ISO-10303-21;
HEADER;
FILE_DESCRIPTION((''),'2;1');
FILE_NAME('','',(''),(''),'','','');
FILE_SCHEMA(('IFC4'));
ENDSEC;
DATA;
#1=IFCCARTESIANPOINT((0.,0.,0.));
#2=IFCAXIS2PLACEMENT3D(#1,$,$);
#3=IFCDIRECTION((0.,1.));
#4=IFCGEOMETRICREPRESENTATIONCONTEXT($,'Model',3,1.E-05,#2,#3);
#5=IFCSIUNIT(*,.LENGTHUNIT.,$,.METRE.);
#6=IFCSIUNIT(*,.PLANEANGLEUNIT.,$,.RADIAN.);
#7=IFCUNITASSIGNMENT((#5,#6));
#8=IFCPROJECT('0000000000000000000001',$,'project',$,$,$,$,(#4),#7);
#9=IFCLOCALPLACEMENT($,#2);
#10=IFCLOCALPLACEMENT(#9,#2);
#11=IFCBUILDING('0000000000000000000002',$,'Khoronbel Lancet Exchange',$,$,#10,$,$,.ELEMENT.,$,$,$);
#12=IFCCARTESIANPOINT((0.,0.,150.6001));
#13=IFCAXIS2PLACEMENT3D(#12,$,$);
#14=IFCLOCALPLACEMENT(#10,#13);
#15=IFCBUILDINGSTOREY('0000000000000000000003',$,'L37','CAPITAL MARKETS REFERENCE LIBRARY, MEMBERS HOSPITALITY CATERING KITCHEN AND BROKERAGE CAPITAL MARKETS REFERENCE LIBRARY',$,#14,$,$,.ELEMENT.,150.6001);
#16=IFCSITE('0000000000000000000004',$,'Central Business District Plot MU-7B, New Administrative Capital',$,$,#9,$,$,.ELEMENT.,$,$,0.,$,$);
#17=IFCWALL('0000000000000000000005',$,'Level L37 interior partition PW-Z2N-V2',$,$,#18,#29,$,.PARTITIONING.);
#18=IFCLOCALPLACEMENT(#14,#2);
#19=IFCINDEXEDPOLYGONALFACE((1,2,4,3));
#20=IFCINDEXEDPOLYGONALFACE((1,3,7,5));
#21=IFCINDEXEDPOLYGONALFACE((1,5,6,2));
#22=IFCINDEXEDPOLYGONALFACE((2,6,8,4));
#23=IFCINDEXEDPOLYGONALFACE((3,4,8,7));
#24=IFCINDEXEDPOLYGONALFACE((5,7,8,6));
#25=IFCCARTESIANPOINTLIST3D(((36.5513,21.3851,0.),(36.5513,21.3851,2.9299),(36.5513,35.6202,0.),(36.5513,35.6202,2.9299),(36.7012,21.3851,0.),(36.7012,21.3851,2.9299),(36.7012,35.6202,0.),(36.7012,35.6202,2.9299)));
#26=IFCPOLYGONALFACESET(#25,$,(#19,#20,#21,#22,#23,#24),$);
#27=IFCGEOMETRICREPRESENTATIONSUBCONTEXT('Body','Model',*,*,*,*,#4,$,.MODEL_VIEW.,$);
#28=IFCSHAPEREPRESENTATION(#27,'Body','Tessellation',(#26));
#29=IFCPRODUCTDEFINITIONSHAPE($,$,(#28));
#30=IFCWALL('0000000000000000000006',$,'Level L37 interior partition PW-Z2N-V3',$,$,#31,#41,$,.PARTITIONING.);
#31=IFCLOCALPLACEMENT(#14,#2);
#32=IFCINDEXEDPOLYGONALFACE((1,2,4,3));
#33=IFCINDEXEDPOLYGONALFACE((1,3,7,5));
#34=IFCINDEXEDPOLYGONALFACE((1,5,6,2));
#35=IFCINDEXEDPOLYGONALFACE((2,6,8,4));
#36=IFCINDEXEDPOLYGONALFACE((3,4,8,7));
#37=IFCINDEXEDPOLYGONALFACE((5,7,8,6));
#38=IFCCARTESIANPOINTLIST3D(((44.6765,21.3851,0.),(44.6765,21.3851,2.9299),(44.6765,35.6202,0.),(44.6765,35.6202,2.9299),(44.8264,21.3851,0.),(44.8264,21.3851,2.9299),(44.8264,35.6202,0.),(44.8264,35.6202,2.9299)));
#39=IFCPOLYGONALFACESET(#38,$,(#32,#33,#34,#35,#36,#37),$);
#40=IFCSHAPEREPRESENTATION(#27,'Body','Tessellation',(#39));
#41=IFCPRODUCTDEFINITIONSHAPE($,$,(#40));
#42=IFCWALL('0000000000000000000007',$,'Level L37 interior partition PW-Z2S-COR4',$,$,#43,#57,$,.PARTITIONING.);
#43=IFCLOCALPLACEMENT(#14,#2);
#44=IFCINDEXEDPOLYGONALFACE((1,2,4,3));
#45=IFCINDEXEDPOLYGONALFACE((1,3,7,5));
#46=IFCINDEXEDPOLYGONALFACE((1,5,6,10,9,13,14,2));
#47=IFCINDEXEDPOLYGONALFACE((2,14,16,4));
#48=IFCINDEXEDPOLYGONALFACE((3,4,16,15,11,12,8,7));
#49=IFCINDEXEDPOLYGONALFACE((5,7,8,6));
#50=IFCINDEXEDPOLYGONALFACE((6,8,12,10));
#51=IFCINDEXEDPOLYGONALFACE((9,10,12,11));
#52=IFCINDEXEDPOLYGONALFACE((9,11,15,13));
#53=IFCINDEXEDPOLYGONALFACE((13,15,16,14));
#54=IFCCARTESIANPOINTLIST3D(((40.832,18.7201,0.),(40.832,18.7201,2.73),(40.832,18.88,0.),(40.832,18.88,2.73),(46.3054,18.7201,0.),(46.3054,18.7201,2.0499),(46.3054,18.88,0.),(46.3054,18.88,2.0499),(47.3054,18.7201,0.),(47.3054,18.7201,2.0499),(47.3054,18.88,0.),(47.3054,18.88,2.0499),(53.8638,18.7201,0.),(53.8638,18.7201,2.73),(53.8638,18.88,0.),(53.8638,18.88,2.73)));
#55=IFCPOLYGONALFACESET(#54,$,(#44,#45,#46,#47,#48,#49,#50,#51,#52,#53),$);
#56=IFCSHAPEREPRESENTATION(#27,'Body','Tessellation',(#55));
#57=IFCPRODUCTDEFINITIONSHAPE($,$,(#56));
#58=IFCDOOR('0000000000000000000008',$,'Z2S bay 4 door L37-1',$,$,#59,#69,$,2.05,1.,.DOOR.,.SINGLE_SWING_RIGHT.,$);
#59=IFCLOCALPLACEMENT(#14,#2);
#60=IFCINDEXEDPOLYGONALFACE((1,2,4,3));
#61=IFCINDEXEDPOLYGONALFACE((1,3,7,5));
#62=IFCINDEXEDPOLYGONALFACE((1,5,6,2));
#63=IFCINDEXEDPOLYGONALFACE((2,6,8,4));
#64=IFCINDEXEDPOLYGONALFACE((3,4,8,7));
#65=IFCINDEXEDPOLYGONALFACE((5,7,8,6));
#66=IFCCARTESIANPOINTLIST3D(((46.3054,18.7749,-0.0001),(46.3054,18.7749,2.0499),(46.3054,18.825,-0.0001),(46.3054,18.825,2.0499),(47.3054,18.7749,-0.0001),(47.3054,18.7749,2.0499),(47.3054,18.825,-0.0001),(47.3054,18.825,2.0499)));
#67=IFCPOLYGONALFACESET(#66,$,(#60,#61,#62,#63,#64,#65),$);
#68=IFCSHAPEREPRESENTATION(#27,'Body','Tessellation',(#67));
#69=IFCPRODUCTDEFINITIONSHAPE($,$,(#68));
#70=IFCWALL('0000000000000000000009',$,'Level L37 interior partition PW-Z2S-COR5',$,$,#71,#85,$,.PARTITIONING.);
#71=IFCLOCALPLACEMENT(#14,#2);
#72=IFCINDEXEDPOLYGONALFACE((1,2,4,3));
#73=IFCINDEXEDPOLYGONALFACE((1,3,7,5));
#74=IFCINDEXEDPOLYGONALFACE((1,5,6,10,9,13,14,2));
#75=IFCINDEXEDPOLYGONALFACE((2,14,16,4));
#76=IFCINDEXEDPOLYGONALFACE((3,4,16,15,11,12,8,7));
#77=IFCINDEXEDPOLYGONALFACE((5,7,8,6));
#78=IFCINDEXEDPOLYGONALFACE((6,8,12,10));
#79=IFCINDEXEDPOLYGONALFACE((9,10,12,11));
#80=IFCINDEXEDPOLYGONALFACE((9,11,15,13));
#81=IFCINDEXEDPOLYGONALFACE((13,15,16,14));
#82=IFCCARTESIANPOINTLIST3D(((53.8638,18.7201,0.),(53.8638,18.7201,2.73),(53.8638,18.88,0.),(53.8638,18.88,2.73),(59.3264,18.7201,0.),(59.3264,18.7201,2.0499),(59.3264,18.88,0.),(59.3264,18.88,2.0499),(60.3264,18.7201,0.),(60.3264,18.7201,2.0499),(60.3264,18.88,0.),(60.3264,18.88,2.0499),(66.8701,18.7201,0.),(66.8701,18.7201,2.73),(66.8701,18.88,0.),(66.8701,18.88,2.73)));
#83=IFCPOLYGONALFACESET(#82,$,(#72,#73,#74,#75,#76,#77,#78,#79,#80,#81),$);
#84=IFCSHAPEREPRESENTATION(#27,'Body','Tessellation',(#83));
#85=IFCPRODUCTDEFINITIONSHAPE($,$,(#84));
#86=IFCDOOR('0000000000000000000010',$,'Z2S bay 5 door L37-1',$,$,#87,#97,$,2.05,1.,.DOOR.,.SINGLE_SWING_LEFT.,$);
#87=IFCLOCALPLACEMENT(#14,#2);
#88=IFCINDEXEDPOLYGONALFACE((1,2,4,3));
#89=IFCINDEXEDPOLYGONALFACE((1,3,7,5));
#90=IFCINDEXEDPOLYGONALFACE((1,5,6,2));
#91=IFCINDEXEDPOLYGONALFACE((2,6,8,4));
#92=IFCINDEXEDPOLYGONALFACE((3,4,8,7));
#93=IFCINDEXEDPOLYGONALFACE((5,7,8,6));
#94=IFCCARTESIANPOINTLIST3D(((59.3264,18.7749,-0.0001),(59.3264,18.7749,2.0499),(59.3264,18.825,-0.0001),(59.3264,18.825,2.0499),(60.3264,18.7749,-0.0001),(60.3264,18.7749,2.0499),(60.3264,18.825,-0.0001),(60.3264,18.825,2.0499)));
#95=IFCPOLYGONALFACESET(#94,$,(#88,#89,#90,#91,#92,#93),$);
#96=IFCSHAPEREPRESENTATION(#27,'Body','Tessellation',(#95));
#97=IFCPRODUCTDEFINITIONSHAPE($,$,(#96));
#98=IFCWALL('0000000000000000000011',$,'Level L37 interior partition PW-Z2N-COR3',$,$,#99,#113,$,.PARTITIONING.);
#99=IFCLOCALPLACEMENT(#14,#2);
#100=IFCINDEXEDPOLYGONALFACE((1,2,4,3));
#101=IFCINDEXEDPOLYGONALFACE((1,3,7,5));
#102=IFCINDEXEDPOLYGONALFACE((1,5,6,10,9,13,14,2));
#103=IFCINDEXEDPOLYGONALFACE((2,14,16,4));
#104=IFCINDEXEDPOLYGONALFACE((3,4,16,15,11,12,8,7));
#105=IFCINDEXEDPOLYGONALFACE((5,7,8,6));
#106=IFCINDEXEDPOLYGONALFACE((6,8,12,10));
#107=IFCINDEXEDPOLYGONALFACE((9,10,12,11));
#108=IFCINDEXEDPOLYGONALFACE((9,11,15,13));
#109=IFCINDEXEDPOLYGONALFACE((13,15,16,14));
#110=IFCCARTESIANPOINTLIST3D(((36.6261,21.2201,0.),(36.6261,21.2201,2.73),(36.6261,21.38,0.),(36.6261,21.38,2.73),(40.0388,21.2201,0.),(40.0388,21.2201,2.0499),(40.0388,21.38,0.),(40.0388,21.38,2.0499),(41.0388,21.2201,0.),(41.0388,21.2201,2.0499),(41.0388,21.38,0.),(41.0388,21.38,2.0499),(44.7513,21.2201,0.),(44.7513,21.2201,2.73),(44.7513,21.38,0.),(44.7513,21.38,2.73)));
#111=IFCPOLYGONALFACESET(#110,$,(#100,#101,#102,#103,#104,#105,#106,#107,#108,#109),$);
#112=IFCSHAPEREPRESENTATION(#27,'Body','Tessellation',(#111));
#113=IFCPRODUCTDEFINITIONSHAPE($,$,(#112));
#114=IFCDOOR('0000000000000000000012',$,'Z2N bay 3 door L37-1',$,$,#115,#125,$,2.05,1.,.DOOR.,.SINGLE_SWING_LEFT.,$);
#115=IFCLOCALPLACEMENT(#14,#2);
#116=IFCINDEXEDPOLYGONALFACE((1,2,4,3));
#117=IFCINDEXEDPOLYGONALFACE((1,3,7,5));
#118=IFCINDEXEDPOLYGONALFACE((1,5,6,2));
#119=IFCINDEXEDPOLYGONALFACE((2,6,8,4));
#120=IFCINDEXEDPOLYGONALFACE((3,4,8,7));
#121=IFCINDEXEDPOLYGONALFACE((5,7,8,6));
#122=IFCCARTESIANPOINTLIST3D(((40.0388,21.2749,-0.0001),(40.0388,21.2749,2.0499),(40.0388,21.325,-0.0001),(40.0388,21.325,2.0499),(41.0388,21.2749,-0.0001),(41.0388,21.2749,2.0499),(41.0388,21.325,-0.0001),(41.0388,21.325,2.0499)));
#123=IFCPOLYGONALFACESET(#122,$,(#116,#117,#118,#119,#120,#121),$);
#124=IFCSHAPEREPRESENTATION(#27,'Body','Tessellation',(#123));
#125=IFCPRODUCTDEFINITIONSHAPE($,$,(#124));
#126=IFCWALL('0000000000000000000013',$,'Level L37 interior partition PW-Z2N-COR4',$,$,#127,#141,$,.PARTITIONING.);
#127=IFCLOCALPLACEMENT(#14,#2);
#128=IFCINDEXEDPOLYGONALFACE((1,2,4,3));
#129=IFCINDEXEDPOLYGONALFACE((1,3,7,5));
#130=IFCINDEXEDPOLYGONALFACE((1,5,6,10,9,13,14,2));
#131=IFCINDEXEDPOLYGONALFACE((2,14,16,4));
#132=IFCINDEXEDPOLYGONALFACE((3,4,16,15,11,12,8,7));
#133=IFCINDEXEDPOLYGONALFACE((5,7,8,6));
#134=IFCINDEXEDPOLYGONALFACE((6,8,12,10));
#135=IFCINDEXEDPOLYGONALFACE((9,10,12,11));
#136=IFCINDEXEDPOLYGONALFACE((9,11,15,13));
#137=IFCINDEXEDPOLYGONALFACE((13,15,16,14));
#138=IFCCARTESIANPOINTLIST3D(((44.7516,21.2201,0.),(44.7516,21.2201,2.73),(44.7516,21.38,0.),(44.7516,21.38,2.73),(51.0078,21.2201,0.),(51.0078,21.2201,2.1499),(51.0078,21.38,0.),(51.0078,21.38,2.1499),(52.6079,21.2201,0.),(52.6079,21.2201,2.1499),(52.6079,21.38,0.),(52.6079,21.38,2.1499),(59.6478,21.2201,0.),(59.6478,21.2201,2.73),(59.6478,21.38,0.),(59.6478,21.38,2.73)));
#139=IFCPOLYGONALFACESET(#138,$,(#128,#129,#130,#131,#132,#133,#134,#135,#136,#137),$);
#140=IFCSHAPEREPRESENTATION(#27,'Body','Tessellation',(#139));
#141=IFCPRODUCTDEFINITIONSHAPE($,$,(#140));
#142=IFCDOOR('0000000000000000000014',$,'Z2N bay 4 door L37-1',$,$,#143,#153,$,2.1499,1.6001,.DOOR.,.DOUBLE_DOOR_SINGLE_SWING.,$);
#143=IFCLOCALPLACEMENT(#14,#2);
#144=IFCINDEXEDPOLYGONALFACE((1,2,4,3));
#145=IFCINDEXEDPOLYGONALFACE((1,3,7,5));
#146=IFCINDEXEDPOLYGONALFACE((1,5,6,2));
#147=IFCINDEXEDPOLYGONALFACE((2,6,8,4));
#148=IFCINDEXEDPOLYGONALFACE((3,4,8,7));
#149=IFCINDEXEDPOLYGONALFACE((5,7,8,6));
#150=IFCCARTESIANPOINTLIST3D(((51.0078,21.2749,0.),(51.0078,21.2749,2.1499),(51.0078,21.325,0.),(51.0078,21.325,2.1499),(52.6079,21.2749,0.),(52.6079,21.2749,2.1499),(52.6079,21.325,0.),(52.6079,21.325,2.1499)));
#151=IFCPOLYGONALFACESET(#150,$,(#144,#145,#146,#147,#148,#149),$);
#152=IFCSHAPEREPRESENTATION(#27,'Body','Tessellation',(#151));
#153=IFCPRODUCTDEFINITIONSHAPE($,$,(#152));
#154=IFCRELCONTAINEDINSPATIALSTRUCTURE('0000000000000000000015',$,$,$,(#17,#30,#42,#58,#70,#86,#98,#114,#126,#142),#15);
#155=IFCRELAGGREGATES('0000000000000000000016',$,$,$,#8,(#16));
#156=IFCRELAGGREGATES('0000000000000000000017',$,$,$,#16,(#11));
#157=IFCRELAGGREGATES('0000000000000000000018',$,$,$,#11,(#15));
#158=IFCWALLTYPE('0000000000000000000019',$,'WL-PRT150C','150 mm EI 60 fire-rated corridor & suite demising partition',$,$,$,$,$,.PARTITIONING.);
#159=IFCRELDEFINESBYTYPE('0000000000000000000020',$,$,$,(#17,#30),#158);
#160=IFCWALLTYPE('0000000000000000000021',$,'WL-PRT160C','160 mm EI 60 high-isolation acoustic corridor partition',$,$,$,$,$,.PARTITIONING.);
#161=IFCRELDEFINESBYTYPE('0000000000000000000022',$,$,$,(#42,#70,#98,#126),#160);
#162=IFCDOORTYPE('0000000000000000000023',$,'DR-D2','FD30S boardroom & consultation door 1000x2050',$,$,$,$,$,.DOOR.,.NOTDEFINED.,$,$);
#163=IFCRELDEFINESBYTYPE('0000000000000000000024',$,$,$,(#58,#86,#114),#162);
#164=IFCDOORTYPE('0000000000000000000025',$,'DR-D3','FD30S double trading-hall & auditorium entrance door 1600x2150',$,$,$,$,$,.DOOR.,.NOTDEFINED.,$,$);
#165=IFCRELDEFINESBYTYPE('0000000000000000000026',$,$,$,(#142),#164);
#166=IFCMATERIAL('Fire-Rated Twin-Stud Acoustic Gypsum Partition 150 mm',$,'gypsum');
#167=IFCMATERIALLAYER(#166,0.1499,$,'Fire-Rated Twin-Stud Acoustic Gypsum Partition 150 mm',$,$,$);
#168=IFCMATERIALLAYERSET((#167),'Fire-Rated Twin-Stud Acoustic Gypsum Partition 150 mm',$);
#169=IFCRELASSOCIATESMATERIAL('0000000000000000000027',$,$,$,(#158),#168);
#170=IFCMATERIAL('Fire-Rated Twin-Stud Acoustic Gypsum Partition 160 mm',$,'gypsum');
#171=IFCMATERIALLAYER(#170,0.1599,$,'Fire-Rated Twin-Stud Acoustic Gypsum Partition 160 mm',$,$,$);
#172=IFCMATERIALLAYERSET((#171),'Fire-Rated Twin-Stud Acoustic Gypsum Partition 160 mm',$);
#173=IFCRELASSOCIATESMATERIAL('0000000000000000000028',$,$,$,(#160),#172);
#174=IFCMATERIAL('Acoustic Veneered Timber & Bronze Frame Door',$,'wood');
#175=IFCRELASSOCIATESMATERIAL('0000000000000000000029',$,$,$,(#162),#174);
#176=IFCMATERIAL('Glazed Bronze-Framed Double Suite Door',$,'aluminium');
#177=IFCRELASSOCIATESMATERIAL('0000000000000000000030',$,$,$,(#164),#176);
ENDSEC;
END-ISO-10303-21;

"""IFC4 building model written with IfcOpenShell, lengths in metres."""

from ifc_helpers import new_model, si_unit, direction, frame, frame_2d, origin, place, context, subcontext, project, spatial, rectangle, extrude, material, layer, layer_set, type_object, element, fill, save


model = new_model("IFC4")

# Units and contexts
model_context = context("Model", 3, precision=1e-05, world=origin(), true_north=direction((0.0, 1.0)))
body_context = subcontext(model_context, "Body", "Model", "MODEL_VIEW")
ifc_project = project(units=[si_unit("LENGTHUNIT", "METRE"), si_unit("PLANEANGLEUNIT", "RADIAN")], contexts=[model_context])

# Site, building, storey
site_placement = place(None, origin())
site = spatial("IfcSite", under=ifc_project, at=site_placement, Name="Central Business District Plot MU-7B, New Administrative Capital", CompositionType="ELEMENT", RefElevation=0.0)
building_placement = place(site_placement, origin())
building = spatial("IfcBuilding", under=site, at=building_placement, Name="Khoronbel Lancet Exchange", CompositionType="ELEMENT")
storey_placement = place(building_placement, frame((0.0, 0.0, 150.6001)))
storey = spatial("IfcBuildingStorey", under=building, at=storey_placement, Name="L37", Description="CAPITAL MARKETS REFERENCE LIBRARY, MEMBERS HOSPITALITY CATERING KITCHEN AND BROKERAGE CAPITAL MARKETS REFERENCE LIBRARY", CompositionType="ELEMENT", Elevation=150.6001)

# Walls
ifc_material_1 = material(Name="Fire-Rated Twin-Stud Acoustic Gypsum Partition 150 mm", Category="gypsum")
ifc_layer_1 = layer(ifc_material_1, 0.1499, Name="Fire-Rated Twin-Stud Acoustic Gypsum Partition 150 mm")
ifc_layer_set_1 = layer_set([ifc_layer_1], Name="Fire-Rated Twin-Stud Acoustic Gypsum Partition 150 mm")
wall_type_1 = type_object("IfcWallType", Name="WL-PRT150C", Description="150 mm EI 60 fire-rated corridor & suite demising partition", PredefinedType="PARTITIONING", material=ifc_layer_set_1)
for number, where, z_axis, x_axis, name in (
    (1, (36.6262, 21.385, 0.0), (0.0, 0.0, 1.0), (0.0, 1.0, 0.0), "Level L37 interior partition PW-Z2N-V2"),
    (2, (44.7515, 21.385, 0.0), (0.0, 0.0, 1.0), (0.0, 1.0, 0.0), "Level L37 interior partition PW-Z2N-V3"),
):
    element("IfcWall", number, at=place(storey_placement, frame(where, z_axis=z_axis, x_axis=x_axis)), inside=storey, type_object=wall_type_1, Name=name, PredefinedType="PARTITIONING", context=body_context, shape_type="SweptSolid", body=[
        extrude(rectangle(XDim=14.2351, YDim=0.1499, at=frame_2d((7.1177, 0.0))), origin(), (0.0, 0.0, 1.0), 2.9299),
    ])

# Walls, openings, doors
ifc_material_2 = material(Name="Fire-Rated Twin-Stud Acoustic Gypsum Partition 160 mm", Category="gypsum")
ifc_layer_2 = layer(ifc_material_2, 0.1599, Name="Fire-Rated Twin-Stud Acoustic Gypsum Partition 160 mm")
ifc_layer_set_2 = layer_set([ifc_layer_2], Name="Fire-Rated Twin-Stud Acoustic Gypsum Partition 160 mm")
wall_type_2 = type_object("IfcWallType", Name="WL-PRT160C", Description="160 mm EI 60 high-isolation acoustic corridor partition", PredefinedType="PARTITIONING", material=ifc_layer_set_2)
wall_1_placement = place(storey_placement, frame((40.832, 18.8, 0.0), z_axis=(0.0, 0.0, 1.0), x_axis=(1.0, 0.0, 0.0)))
wall_1 = element("IfcWall", 3, at=wall_1_placement, inside=storey, type_object=wall_type_2, Name="Level L37 interior partition PW-Z2S-COR4", PredefinedType="PARTITIONING", context=body_context, shape_type="SweptSolid", body=[
    extrude(rectangle(XDim=13.0317, YDim=0.1599, at=frame_2d((6.5159, 0.0))), origin(), (0.0, 0.0, 1.0), 2.73),
])
opening_1_placement = place(wall_1_placement, frame((5.4734, 0.0, 0.0)))
opening_1 = element("IfcOpeningElement", 4, at=opening_1_placement, cuts=wall_1, PredefinedType="OPENING", context=body_context, shape_type="SweptSolid", body=[
    extrude(rectangle(XDim=1.0, YDim=2.05, at=frame_2d((0.5, 1.0249))), frame((0.0, 0.0898, 0.0), z_axis=(0.0, -1.0, 0.0), x_axis=(1.0, 0.0, 0.0)), (0.0, 0.0, 1.0), 0.1799),
])
ifc_material_3 = material(Name="Acoustic Veneered Timber & Bronze Frame Door", Category="wood")
door_type_1 = type_object("IfcDoorType", Name="DR-D2", Description="FD30S boardroom & consultation door 1000x2050", OperationType="NOTDEFINED", PredefinedType="DOOR", material=ifc_material_3)
door_1_placement = place(opening_1_placement, origin())
door_1 = element("IfcDoor", 5, at=door_1_placement, inside=storey, type_object=door_type_1, Name="Z2S bay 4 door L37-1", OperationType="SINGLE_SWING_RIGHT", OverallHeight=2.05, OverallWidth=1.0, PredefinedType="DOOR", context=body_context, shape_type="SweptSolid", body=[
    extrude(rectangle(XDim=1.0, YDim=2.05, at=frame_2d((0.5, 1.0249))), frame((0.0, 0.0249, 0.0), z_axis=(0.0, -1.0, 0.0), x_axis=(1.0, 0.0, 0.0)), (0.0, 0.0, 1.0), 0.05),
])
fill(opening_1, door_1)
wall_2_placement = place(storey_placement, frame((53.8638, 18.8, 0.0), z_axis=(0.0, 0.0, 1.0), x_axis=(1.0, 0.0, 0.0)))
wall_2 = element("IfcWall", 6, at=wall_2_placement, inside=storey, type_object=wall_type_2, Name="Level L37 interior partition PW-Z2S-COR5", PredefinedType="PARTITIONING", context=body_context, shape_type="SweptSolid", body=[
    extrude(rectangle(XDim=13.0063, YDim=0.1599, at=frame_2d((6.5032, 0.0))), origin(), (0.0, 0.0, 1.0), 2.73),
])
opening_2_placement = place(wall_2_placement, frame((5.4626, 0.0, 0.0)))
opening_2 = element("IfcOpeningElement", 7, at=opening_2_placement, cuts=wall_2, PredefinedType="OPENING", context=body_context, shape_type="SweptSolid", body=[
    extrude(rectangle(XDim=1.0, YDim=2.05, at=frame_2d((0.5, 1.0249))), frame((0.0, 0.0898, 0.0), z_axis=(0.0, -1.0, 0.0), x_axis=(1.0, 0.0, 0.0)), (0.0, 0.0, 1.0), 0.1799),
])
door_2_placement = place(opening_2_placement, origin())
door_2 = element("IfcDoor", 8, at=door_2_placement, inside=storey, type_object=door_type_1, Name="Z2S bay 5 door L37-1", OperationType="SINGLE_SWING_LEFT", OverallHeight=2.05, OverallWidth=1.0, PredefinedType="DOOR", context=body_context, shape_type="SweptSolid", body=[
    extrude(rectangle(XDim=1.0, YDim=2.05, at=frame_2d((0.5, 1.0249))), frame((0.0, 0.0249, 0.0), z_axis=(0.0, -1.0, 0.0), x_axis=(1.0, 0.0, 0.0)), (0.0, 0.0, 1.0), 0.05),
])
fill(opening_2, door_2)
wall_3_placement = place(storey_placement, frame((36.6262, 21.3, 0.0), z_axis=(0.0, 0.0, 1.0), x_axis=(1.0, 0.0, 0.0)))
wall_3 = element("IfcWall", 9, at=wall_3_placement, inside=storey, type_object=wall_type_2, Name="Level L37 interior partition PW-Z2N-COR3", PredefinedType="PARTITIONING", context=body_context, shape_type="SweptSolid", body=[
    extrude(rectangle(XDim=8.1252, YDim=0.1599, at=frame_2d((4.0625, 0.0))), origin(), (0.0, 0.0, 1.0), 2.73),
])
opening_3_placement = place(wall_3_placement, frame((3.4126, 0.0, 0.0)))
opening_3 = element("IfcOpeningElement", 10, at=opening_3_placement, cuts=wall_3, PredefinedType="OPENING", context=body_context, shape_type="SweptSolid", body=[
    extrude(rectangle(XDim=1.0, YDim=2.05, at=frame_2d((0.5, 1.0249))), frame((0.0, 0.0898, 0.0), z_axis=(0.0, -1.0, 0.0), x_axis=(1.0, 0.0, 0.0)), (0.0, 0.0, 1.0), 0.1799),
])
door_3_placement = place(opening_3_placement, origin())
door_3 = element("IfcDoor", 11, at=door_3_placement, inside=storey, type_object=door_type_1, Name="Z2N bay 3 door L37-1", OperationType="SINGLE_SWING_LEFT", OverallHeight=2.05, OverallWidth=1.0, PredefinedType="DOOR", context=body_context, shape_type="SweptSolid", body=[
    extrude(rectangle(XDim=1.0, YDim=2.05, at=frame_2d((0.5, 1.0249))), frame((0.0, 0.0249, 0.0), z_axis=(0.0, -1.0, 0.0), x_axis=(1.0, 0.0, 0.0)), (0.0, 0.0, 1.0), 0.05),
])
fill(opening_3, door_3)
wall_4_placement = place(storey_placement, frame((44.7515, 21.3, 0.0), z_axis=(0.0, 0.0, 1.0), x_axis=(1.0, 0.0, 0.0)))
wall_4 = element("IfcWall", 12, at=wall_4_placement, inside=storey, type_object=wall_type_2, Name="Level L37 interior partition PW-Z2N-COR4", PredefinedType="PARTITIONING", context=body_context, shape_type="SweptSolid", body=[
    extrude(rectangle(XDim=14.8962, YDim=0.1599, at=frame_2d((7.4482, 0.0))), origin(), (0.0, 0.0, 1.0), 2.73),
])
opening_4_placement = place(wall_4_placement, frame((6.2563, 0.0, 0.0)))
opening_4 = element("IfcOpeningElement", 13, at=opening_4_placement, cuts=wall_4, PredefinedType="OPENING", context=body_context, shape_type="SweptSolid", body=[
    extrude(rectangle(XDim=1.6001, YDim=2.1499, at=frame_2d((0.8, 1.075))), frame((0.0, 0.0898, 0.0), z_axis=(0.0, -1.0, 0.0), x_axis=(1.0, 0.0, 0.0)), (0.0, 0.0, 1.0), 0.1799),
])
ifc_material_4 = material(Name="Glazed Bronze-Framed Double Suite Door", Category="aluminium")
door_type_2 = type_object("IfcDoorType", Name="DR-D3", Description="FD30S double trading-hall & auditorium entrance door 1600x2150", OperationType="NOTDEFINED", PredefinedType="DOOR", material=ifc_material_4)
door_4_placement = place(opening_4_placement, origin())
door_4 = element("IfcDoor", 14, at=door_4_placement, inside=storey, type_object=door_type_2, Name="Z2N bay 4 door L37-1", OperationType="DOUBLE_DOOR_SINGLE_SWING", OverallHeight=2.1499, OverallWidth=1.6001, PredefinedType="DOOR", context=body_context, shape_type="SweptSolid", body=[
    extrude(rectangle(XDim=1.6001, YDim=2.1499, at=frame_2d((0.8, 1.075))), frame((0.0, 0.0249, 0.0), z_axis=(0.0, -1.0, 0.0), x_axis=(1.0, 0.0, 0.0)), (0.0, 0.0, 1.0), 0.05),
])
fill(opening_4, door_4)

save(model, "model.ifc")
